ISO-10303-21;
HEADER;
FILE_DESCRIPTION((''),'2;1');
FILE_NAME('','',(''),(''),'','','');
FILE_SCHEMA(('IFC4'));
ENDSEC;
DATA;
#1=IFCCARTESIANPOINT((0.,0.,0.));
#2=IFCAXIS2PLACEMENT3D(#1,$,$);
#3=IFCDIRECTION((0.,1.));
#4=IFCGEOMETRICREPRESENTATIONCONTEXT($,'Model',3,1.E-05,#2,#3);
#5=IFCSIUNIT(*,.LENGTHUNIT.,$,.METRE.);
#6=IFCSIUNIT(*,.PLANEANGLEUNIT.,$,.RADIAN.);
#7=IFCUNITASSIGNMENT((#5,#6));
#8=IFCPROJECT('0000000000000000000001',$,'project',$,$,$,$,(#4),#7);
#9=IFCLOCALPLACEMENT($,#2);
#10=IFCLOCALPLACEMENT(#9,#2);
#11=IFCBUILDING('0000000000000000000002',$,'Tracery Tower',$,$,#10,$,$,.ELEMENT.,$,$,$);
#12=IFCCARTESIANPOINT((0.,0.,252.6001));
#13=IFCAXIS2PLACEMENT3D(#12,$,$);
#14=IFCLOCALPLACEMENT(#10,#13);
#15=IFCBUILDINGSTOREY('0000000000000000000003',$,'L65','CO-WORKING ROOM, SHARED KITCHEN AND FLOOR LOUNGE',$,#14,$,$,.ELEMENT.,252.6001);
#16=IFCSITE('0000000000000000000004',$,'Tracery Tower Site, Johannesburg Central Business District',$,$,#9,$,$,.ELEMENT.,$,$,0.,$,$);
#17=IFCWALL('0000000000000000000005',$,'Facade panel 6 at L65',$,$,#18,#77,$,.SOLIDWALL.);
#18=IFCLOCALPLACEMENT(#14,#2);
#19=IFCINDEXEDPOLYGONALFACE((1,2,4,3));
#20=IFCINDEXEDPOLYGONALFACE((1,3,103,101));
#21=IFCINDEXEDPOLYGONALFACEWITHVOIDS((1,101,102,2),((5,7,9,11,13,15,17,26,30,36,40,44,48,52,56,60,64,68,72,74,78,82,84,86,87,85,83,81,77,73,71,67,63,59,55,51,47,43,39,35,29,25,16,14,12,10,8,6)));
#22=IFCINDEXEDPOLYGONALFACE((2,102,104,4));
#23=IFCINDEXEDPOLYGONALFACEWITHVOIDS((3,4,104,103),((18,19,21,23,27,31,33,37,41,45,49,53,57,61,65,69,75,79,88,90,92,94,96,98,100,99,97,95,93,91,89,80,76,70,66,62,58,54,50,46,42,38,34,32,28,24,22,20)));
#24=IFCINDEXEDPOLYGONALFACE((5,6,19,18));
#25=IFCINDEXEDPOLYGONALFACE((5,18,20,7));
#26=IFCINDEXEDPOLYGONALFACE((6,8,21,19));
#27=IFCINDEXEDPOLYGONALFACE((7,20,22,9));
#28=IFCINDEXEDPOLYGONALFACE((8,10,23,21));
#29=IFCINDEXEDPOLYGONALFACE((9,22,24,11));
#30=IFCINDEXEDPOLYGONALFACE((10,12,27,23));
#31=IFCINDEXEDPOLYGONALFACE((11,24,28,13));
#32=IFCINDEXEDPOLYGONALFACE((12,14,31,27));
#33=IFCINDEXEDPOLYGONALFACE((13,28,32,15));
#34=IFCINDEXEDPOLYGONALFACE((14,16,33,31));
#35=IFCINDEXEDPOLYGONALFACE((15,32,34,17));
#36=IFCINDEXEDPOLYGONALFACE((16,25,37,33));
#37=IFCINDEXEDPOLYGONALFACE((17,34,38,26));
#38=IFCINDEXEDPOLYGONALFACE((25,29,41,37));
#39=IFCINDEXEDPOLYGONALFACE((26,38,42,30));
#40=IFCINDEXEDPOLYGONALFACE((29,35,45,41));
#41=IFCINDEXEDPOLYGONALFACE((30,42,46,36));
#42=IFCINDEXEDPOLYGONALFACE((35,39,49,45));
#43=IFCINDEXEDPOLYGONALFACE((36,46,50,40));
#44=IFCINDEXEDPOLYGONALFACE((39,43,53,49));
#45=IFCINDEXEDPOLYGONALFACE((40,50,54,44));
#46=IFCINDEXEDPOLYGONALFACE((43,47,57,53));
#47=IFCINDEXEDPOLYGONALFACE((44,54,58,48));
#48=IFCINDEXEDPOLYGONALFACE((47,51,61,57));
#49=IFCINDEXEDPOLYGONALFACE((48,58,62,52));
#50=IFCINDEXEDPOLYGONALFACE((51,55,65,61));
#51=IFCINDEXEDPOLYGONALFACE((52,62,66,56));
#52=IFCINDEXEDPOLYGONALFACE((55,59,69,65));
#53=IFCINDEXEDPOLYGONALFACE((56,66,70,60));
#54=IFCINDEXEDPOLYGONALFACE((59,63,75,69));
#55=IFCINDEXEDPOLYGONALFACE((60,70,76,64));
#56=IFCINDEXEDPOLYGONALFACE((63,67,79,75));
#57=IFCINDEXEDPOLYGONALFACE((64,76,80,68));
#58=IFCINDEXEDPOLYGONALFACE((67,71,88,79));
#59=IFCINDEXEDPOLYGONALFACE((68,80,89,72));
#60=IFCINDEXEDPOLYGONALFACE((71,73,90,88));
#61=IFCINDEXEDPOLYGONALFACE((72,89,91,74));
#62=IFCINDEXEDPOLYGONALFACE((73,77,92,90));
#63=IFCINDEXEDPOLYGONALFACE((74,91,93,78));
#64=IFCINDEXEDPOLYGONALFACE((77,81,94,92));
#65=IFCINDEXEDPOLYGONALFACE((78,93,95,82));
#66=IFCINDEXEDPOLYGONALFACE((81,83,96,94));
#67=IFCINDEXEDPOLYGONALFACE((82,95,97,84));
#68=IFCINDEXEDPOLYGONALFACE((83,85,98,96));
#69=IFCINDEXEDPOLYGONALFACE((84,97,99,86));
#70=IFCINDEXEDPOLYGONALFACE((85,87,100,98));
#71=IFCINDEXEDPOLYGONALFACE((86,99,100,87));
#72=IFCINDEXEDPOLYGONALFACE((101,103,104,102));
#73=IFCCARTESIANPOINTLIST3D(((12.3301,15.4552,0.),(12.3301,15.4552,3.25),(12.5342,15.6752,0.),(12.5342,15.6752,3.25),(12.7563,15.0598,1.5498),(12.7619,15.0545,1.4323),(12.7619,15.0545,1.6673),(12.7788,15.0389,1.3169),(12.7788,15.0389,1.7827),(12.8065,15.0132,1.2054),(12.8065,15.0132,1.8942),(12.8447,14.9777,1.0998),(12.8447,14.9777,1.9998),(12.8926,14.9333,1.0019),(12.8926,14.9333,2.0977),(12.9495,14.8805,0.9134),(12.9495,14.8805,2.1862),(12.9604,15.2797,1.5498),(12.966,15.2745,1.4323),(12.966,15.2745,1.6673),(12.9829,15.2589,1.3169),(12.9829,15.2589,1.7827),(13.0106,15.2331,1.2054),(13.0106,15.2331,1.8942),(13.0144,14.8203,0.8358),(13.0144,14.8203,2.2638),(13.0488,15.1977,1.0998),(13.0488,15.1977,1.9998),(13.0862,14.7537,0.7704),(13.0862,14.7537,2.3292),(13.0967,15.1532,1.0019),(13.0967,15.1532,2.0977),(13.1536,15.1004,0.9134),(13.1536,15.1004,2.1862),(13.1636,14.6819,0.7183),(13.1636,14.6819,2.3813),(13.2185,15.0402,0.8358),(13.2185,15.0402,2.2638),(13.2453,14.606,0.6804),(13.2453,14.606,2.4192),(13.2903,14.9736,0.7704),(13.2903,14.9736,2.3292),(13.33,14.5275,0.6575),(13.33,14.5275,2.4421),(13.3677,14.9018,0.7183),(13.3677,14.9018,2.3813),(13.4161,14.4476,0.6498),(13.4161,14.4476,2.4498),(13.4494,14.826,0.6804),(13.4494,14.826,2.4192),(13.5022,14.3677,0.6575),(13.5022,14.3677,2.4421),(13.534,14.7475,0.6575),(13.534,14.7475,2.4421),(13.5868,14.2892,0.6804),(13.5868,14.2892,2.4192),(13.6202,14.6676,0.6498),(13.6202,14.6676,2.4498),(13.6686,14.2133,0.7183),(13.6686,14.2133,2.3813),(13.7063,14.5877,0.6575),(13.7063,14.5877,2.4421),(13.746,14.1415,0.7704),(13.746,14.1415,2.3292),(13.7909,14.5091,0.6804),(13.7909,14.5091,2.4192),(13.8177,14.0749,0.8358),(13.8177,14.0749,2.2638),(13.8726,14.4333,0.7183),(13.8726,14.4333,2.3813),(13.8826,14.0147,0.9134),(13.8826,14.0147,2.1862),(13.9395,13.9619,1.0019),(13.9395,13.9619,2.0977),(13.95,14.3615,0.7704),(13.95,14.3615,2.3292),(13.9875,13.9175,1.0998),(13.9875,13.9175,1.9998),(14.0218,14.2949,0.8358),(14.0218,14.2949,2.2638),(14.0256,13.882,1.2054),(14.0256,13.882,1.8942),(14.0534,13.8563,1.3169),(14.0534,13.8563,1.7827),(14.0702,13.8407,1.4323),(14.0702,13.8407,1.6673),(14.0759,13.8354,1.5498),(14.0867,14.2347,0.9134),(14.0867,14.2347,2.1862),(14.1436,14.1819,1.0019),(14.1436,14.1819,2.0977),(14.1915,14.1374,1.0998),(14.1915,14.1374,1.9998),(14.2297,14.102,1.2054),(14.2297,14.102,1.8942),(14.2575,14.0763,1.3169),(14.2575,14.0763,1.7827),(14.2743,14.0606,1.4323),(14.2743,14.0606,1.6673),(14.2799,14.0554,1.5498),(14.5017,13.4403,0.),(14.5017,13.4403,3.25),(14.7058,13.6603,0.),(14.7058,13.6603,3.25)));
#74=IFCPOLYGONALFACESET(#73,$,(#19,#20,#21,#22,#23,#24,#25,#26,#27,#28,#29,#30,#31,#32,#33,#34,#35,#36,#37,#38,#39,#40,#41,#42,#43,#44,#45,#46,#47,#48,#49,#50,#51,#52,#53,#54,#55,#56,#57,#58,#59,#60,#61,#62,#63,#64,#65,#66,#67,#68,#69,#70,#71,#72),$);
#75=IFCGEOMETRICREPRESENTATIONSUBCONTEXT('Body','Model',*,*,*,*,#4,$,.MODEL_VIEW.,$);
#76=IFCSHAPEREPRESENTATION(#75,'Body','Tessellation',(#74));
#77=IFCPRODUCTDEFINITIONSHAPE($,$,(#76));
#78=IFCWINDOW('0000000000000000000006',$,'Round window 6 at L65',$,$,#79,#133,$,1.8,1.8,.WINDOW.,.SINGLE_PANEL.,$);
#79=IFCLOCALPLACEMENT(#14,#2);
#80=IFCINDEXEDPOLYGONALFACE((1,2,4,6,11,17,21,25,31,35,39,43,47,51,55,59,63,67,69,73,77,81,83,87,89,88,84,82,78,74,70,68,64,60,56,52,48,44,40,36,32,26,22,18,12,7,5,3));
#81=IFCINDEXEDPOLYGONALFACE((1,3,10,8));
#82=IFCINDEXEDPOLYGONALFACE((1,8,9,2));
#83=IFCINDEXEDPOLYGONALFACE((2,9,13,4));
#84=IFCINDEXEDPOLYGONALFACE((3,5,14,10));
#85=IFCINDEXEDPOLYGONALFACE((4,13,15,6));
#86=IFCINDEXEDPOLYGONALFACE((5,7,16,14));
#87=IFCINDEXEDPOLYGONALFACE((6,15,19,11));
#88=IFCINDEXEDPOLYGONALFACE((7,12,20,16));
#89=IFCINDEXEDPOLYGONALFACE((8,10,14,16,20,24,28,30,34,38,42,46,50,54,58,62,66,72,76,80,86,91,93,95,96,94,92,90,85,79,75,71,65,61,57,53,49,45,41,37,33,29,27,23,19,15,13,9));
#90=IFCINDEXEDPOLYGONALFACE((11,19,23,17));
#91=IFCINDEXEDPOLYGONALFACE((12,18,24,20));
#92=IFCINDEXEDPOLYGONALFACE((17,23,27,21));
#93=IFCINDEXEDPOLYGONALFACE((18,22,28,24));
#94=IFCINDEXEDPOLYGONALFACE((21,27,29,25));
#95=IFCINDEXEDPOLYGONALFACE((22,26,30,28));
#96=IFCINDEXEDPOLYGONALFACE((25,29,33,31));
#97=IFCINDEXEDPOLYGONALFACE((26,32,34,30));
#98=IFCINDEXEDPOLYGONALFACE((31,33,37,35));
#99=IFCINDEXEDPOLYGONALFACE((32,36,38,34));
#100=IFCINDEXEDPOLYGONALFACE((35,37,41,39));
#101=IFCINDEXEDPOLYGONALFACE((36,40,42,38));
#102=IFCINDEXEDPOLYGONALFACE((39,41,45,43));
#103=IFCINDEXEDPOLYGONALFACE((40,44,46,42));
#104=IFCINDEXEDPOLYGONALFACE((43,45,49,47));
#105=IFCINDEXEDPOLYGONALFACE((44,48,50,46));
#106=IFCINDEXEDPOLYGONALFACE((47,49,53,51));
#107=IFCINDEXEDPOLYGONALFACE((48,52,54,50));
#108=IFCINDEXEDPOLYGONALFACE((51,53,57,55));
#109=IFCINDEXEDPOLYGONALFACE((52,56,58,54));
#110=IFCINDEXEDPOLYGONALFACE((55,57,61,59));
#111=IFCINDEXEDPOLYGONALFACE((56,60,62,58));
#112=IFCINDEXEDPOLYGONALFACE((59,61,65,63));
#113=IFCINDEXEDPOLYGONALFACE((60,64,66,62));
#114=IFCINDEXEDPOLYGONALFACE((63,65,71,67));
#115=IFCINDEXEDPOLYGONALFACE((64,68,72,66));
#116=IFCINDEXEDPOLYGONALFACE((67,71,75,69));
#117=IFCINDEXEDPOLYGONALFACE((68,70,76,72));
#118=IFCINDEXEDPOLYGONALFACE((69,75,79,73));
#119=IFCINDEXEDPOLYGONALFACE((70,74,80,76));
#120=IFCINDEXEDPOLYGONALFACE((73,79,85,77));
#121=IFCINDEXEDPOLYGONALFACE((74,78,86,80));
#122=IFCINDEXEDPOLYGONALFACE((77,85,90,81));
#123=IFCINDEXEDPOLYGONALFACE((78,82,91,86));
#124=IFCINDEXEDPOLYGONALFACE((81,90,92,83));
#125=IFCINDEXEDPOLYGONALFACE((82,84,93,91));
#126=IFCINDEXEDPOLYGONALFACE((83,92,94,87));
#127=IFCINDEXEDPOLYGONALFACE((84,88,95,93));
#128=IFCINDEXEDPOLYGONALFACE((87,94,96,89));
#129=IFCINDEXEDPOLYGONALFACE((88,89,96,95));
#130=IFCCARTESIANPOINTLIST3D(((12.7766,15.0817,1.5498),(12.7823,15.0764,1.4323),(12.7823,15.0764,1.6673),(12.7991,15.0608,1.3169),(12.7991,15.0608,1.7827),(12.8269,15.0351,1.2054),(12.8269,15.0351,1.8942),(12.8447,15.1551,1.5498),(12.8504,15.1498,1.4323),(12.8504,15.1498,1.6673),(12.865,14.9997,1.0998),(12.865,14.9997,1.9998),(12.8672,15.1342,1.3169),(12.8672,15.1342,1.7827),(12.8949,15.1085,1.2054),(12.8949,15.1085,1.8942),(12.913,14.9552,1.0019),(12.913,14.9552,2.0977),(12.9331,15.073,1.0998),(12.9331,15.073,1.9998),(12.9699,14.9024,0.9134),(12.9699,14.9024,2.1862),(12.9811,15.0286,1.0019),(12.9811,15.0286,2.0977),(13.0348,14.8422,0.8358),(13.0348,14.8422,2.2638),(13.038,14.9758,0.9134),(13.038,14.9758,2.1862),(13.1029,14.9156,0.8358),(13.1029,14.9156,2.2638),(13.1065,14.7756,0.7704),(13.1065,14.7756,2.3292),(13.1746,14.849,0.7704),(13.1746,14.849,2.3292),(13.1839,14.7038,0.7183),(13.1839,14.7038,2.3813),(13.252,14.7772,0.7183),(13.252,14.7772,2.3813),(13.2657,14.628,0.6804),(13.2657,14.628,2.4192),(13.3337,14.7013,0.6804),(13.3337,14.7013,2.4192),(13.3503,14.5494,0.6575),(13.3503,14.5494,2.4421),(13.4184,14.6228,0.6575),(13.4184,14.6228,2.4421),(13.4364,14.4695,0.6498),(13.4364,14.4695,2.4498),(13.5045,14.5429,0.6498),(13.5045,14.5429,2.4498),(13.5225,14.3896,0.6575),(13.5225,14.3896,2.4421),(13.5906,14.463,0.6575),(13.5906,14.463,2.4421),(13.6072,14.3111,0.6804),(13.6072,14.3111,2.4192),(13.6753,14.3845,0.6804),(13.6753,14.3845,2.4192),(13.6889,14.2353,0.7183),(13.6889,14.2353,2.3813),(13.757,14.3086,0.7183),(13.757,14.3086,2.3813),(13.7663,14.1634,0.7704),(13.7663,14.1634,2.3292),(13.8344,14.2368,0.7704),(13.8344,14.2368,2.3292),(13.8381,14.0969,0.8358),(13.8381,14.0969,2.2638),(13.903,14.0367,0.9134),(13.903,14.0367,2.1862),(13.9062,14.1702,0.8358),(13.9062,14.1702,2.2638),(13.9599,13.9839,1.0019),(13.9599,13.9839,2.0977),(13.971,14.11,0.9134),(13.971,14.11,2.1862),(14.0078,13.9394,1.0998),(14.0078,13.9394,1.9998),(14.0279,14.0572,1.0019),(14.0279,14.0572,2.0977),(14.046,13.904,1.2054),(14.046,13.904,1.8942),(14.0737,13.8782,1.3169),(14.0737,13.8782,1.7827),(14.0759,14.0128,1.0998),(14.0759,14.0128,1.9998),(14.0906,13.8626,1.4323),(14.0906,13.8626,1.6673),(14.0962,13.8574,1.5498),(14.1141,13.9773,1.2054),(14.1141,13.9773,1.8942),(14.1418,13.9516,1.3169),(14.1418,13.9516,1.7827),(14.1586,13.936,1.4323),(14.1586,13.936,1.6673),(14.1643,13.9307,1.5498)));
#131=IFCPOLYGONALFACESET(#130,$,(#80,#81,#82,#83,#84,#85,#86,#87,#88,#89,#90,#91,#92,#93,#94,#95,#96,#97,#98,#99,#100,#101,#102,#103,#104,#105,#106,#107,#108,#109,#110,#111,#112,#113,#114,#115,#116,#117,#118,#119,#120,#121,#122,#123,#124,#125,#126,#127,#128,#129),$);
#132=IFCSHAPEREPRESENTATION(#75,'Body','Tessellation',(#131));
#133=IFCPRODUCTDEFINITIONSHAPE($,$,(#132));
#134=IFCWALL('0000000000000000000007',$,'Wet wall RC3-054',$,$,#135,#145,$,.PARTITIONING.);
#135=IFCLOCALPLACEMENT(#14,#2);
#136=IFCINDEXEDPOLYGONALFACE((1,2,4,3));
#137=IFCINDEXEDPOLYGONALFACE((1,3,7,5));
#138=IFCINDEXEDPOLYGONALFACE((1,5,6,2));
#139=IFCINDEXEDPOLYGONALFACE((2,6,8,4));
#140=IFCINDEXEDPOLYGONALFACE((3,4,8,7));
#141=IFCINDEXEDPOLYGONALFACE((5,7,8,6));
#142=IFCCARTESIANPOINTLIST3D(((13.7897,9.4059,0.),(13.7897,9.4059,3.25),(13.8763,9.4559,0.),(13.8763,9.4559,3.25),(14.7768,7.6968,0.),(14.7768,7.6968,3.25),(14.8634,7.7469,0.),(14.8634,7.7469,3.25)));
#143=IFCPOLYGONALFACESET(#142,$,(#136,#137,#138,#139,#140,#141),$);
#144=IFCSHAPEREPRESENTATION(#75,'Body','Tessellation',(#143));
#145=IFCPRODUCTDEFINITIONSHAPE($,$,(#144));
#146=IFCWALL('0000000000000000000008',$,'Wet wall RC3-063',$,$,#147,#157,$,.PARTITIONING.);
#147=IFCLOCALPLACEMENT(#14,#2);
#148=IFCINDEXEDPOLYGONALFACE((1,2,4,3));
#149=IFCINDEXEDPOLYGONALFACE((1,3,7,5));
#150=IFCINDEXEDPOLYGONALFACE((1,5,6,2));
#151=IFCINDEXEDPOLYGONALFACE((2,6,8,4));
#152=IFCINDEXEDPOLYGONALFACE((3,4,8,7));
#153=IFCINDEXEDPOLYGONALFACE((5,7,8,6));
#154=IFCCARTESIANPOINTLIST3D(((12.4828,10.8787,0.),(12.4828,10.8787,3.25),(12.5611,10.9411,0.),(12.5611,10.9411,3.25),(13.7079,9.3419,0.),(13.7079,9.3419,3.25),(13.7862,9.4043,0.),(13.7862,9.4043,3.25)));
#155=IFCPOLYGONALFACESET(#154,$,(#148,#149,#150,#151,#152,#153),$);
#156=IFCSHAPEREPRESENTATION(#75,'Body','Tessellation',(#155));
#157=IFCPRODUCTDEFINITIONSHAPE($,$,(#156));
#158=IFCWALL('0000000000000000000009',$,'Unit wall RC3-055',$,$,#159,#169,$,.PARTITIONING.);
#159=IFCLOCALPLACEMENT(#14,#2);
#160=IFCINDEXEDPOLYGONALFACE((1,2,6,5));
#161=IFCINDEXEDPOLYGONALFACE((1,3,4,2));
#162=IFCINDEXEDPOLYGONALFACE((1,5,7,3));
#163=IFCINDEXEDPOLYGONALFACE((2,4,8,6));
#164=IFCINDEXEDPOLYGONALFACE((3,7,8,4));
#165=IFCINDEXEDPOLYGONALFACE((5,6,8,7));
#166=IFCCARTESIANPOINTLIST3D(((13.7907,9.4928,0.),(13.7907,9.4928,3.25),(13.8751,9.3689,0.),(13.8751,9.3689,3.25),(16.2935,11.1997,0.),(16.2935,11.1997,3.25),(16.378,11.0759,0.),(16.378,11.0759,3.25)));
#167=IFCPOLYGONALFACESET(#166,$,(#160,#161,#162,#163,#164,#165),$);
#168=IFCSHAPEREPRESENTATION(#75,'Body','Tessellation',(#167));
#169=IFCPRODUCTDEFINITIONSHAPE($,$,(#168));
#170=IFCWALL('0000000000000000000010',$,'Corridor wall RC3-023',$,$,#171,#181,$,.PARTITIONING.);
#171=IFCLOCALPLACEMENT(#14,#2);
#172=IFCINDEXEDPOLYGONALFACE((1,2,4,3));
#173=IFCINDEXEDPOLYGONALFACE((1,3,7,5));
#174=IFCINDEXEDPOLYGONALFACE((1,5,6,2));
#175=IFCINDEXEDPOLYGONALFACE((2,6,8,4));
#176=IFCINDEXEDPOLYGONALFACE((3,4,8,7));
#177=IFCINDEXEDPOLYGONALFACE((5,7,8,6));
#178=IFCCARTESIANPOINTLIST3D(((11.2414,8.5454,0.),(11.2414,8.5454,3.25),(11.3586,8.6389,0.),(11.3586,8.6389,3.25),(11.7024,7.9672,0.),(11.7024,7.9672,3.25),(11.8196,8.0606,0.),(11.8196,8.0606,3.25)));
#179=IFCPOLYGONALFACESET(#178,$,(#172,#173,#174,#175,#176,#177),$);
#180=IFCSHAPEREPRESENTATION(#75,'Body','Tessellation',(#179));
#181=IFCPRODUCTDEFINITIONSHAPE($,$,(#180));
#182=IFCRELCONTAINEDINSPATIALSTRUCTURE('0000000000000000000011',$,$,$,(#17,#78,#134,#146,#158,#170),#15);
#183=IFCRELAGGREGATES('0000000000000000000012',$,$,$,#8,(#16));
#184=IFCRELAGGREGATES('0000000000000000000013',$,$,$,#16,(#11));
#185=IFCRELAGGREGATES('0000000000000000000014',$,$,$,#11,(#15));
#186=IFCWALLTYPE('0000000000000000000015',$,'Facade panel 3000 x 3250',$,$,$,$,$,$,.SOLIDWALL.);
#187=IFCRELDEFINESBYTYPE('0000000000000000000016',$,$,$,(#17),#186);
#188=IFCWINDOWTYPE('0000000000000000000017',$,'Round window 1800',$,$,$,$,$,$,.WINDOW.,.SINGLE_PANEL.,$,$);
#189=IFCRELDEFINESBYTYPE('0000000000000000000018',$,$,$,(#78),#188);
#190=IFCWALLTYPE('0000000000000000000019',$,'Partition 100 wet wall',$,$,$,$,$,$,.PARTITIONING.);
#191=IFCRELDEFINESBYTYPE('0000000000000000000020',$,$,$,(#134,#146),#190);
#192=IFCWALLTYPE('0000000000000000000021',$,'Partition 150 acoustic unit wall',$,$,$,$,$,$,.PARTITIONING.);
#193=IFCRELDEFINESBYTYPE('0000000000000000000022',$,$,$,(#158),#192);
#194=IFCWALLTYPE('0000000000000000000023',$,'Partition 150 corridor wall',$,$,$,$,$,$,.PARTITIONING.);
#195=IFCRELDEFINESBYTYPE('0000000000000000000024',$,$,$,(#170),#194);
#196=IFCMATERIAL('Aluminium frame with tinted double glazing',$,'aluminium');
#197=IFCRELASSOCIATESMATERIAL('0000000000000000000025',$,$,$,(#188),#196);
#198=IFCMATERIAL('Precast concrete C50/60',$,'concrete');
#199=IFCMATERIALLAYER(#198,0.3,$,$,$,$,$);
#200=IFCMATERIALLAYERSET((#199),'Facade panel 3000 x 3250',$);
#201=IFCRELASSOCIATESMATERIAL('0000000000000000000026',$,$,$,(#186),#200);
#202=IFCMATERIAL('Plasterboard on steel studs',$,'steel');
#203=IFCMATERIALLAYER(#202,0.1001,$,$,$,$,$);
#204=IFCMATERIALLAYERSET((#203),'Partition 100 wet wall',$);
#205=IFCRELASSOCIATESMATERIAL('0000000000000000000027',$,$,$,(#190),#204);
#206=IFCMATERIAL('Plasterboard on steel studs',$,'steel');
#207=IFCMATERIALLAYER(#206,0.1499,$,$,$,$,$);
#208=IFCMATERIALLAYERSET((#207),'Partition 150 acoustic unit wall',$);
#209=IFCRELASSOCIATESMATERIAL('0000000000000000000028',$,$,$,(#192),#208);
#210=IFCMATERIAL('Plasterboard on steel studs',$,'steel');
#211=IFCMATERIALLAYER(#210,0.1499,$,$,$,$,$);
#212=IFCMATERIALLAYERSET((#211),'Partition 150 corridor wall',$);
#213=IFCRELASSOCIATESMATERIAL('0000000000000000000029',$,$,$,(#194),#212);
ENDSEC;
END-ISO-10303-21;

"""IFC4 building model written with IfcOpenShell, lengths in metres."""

from ifc_helpers import new_model, si_unit, direction, frame, frame_2d, origin, origin_2d, place, context, subcontext, project, spatial, rectangle, circle, extrude, material, layer, layer_set, type_object, element, fill, save


model = new_model("IFC4")

# Units and contexts
model_context = context("Model", 3, precision=1e-05, world=origin(), true_north=direction((0.0, 1.0)))
body_context = subcontext(model_context, "Body", "Model", "MODEL_VIEW")
ifc_project = project(units=[si_unit("LENGTHUNIT", "METRE"), si_unit("PLANEANGLEUNIT", "RADIAN")], contexts=[model_context])

# Site, building, storey
site_placement = place(None, origin())
site = spatial("IfcSite", under=ifc_project, at=site_placement, Name="Tracery Tower Site, Johannesburg Central Business District", CompositionType="ELEMENT", RefElevation=0.0)
building_placement = place(site_placement, origin())
building = spatial("IfcBuilding", under=site, at=building_placement, Name="Tracery Tower", CompositionType="ELEMENT")
storey_placement = place(building_placement, frame((0.0, 0.0, 252.6001)))
storey = spatial("IfcBuildingStorey", under=building, at=storey_placement, Name="L65", Description="CO-WORKING ROOM, SHARED KITCHEN AND FLOOR LOUNGE", CompositionType="ELEMENT", Elevation=252.6001)

# Wall, opening, window
ifc_material_1 = material(Name="Aluminium frame with tinted double glazing", Category="aluminium")
window_type = type_object("IfcWindowType", Name="Round window 1800", PartitioningType="SINGLE_PANEL", PredefinedType="WINDOW", material=ifc_material_1)
ifc_material_2 = material(Name="Precast concrete C50/60", Category="concrete")
ifc_layer_1 = layer(ifc_material_2, 0.3)
ifc_layer_set_1 = layer_set([ifc_layer_1], Name="Facade panel 3000 x 3250")
wall_type_1 = type_object("IfcWallType", Name="Facade panel 3000 x 3250", PredefinedType="SOLIDWALL", material=ifc_layer_set_1)
wall_1_placement = place(storey_placement, frame((14.6038, 13.5503, 0.0), z_axis=(0.0, 0.0, 1.0), x_axis=(-0.733066, 0.680157, 0.0)))
wall_1 = element("IfcWall", 1, at=wall_1_placement, inside=storey, type_object=wall_type_1, Name="Facade panel 6 at L65", PredefinedType="SOLIDWALL", context=body_context, shape_type="SweptSolid", body=[
    extrude(rectangle(XDim=2.9624, YDim=0.3, at=frame_2d((1.4812, 0.0))), origin(), (0.0, 0.0, 1.0), 3.25),
])
opening_1_placement = place(wall_1_placement, frame((1.481, 0.0, 1.5498)))
opening_1 = element("IfcOpeningElement", 2, at=opening_1_placement, cuts=wall_1, PredefinedType="OPENING", context=body_context, shape_type="SweptSolid", body=[
    extrude(circle(Radius=0.9, at=origin_2d()), frame((0.0, 0.1599, 0.0), z_axis=(0.0, -1.0, 0.0), x_axis=(1.0, 0.0, 0.0)), (0.0, 0.0, 1.0), 0.3201),
])
window_1_placement = place(opening_1_placement, origin())
window_1 = element("IfcWindow", 3, at=window_1_placement, inside=storey, type_object=window_type, Name="Round window 6 at L65", OverallHeight=1.8, OverallWidth=1.8, PartitioningType="SINGLE_PANEL", PredefinedType="WINDOW", context=body_context, shape_type="SweptSolid", body=[
    extrude(circle(Radius=0.9, at=origin_2d()), frame((0.0, 0.1201, 0.0), z_axis=(0.0, -1.0, 0.0), x_axis=(1.0, 0.0, 0.0)), (0.0, 0.0, 1.0), 0.1001),
])
fill(opening_1, window_1)

# Walls
ifc_material_3 = material(Name="Plasterboard on steel studs", Category="steel")
ifc_layer_2 = layer(ifc_material_3, 0.1001)
ifc_layer_set_2 = layer_set([ifc_layer_2], Name="Partition 100 wet wall")
wall_type_2 = type_object("IfcWallType", Name="Partition 100 wet wall", PredefinedType="PARTITIONING", material=ifc_layer_set_2)
wall_2_placement = place(storey_placement, frame((13.833, 9.4309, 0.0), z_axis=(0.0, 0.0, 1.0), x_axis=(0.500144, -0.865942, 0.0)))
element("IfcWall", 4, at=wall_2_placement, inside=storey, type_object=wall_type_2, Name="Wet wall RC3-054", PredefinedType="PARTITIONING", context=body_context, shape_type="SweptSolid", body=[
    extrude(rectangle(XDim=1.9736, YDim=0.1001, at=frame_2d((0.9868, 0.0))), origin(), (0.0, 0.0, 1.0), 3.25),
])
wall_3_placement = place(storey_placement, frame((12.522, 10.9099, 0.0), z_axis=(0.0, 0.0, 1.0), x_axis=(0.623331, -0.781958, 0.0)))
element("IfcWall", 5, at=wall_3_placement, inside=storey, type_object=wall_type_2, Name="Wet wall RC3-063", PredefinedType="PARTITIONING", context=body_context, shape_type="SweptSolid", body=[
    extrude(rectangle(XDim=1.9653, YDim=0.1001, at=frame_2d((0.9827, 0.0))), origin(), (0.0, 0.0, 1.0), 3.25),
])
ifc_material_4 = material(Name="Plasterboard on steel studs", Category="steel")
ifc_layer_3 = layer(ifc_material_4, 0.1499)
ifc_layer_set_3 = layer_set([ifc_layer_3], Name="Partition 150 acoustic unit wall")
wall_type_3 = type_object("IfcWallType", Name="Partition 150 acoustic unit wall", PredefinedType="PARTITIONING", material=ifc_layer_set_3)
wall_4_placement = place(storey_placement, frame((13.833, 9.4309, 0.0), z_axis=(0.0, 0.0, 1.0), x_axis=(0.826152, 0.563447, 0.0)))
element("IfcWall", 6, at=wall_4_placement, inside=storey, type_object=wall_type_3, Name="Unit wall RC3-055", PredefinedType="PARTITIONING", context=body_context, shape_type="SweptSolid", body=[
    extrude(rectangle(XDim=3.0295, YDim=0.1499, at=frame_2d((1.5146, 0.0))), origin(), (0.0, 0.0, 1.0), 3.25),
])
ifc_material_5 = material(Name="Plasterboard on steel studs", Category="steel")
ifc_layer_4 = layer(ifc_material_5, 0.1499)
ifc_layer_set_4 = layer_set([ifc_layer_4], Name="Partition 150 corridor wall")
wall_type_4 = type_object("IfcWallType", Name="Partition 150 corridor wall", PredefinedType="PARTITIONING", material=ifc_layer_set_4)
wall_5_placement = place(storey_placement, frame((11.3, 8.592, 0.0), z_axis=(0.0, 0.0, 1.0), x_axis=(0.623406, -0.781899, 0.0)))
element("IfcWall", 7, at=wall_5_placement, inside=storey, type_object=wall_type_4, Name="Corridor wall RC3-023", PredefinedType="PARTITIONING", context=body_context, shape_type="SweptSolid", body=[
    extrude(rectangle(XDim=0.7395, YDim=0.1499, at=frame_2d((0.3696, 0.0))), origin(), (0.0, 0.0, 1.0), 3.25),
])

save(model, "model.ifc")
